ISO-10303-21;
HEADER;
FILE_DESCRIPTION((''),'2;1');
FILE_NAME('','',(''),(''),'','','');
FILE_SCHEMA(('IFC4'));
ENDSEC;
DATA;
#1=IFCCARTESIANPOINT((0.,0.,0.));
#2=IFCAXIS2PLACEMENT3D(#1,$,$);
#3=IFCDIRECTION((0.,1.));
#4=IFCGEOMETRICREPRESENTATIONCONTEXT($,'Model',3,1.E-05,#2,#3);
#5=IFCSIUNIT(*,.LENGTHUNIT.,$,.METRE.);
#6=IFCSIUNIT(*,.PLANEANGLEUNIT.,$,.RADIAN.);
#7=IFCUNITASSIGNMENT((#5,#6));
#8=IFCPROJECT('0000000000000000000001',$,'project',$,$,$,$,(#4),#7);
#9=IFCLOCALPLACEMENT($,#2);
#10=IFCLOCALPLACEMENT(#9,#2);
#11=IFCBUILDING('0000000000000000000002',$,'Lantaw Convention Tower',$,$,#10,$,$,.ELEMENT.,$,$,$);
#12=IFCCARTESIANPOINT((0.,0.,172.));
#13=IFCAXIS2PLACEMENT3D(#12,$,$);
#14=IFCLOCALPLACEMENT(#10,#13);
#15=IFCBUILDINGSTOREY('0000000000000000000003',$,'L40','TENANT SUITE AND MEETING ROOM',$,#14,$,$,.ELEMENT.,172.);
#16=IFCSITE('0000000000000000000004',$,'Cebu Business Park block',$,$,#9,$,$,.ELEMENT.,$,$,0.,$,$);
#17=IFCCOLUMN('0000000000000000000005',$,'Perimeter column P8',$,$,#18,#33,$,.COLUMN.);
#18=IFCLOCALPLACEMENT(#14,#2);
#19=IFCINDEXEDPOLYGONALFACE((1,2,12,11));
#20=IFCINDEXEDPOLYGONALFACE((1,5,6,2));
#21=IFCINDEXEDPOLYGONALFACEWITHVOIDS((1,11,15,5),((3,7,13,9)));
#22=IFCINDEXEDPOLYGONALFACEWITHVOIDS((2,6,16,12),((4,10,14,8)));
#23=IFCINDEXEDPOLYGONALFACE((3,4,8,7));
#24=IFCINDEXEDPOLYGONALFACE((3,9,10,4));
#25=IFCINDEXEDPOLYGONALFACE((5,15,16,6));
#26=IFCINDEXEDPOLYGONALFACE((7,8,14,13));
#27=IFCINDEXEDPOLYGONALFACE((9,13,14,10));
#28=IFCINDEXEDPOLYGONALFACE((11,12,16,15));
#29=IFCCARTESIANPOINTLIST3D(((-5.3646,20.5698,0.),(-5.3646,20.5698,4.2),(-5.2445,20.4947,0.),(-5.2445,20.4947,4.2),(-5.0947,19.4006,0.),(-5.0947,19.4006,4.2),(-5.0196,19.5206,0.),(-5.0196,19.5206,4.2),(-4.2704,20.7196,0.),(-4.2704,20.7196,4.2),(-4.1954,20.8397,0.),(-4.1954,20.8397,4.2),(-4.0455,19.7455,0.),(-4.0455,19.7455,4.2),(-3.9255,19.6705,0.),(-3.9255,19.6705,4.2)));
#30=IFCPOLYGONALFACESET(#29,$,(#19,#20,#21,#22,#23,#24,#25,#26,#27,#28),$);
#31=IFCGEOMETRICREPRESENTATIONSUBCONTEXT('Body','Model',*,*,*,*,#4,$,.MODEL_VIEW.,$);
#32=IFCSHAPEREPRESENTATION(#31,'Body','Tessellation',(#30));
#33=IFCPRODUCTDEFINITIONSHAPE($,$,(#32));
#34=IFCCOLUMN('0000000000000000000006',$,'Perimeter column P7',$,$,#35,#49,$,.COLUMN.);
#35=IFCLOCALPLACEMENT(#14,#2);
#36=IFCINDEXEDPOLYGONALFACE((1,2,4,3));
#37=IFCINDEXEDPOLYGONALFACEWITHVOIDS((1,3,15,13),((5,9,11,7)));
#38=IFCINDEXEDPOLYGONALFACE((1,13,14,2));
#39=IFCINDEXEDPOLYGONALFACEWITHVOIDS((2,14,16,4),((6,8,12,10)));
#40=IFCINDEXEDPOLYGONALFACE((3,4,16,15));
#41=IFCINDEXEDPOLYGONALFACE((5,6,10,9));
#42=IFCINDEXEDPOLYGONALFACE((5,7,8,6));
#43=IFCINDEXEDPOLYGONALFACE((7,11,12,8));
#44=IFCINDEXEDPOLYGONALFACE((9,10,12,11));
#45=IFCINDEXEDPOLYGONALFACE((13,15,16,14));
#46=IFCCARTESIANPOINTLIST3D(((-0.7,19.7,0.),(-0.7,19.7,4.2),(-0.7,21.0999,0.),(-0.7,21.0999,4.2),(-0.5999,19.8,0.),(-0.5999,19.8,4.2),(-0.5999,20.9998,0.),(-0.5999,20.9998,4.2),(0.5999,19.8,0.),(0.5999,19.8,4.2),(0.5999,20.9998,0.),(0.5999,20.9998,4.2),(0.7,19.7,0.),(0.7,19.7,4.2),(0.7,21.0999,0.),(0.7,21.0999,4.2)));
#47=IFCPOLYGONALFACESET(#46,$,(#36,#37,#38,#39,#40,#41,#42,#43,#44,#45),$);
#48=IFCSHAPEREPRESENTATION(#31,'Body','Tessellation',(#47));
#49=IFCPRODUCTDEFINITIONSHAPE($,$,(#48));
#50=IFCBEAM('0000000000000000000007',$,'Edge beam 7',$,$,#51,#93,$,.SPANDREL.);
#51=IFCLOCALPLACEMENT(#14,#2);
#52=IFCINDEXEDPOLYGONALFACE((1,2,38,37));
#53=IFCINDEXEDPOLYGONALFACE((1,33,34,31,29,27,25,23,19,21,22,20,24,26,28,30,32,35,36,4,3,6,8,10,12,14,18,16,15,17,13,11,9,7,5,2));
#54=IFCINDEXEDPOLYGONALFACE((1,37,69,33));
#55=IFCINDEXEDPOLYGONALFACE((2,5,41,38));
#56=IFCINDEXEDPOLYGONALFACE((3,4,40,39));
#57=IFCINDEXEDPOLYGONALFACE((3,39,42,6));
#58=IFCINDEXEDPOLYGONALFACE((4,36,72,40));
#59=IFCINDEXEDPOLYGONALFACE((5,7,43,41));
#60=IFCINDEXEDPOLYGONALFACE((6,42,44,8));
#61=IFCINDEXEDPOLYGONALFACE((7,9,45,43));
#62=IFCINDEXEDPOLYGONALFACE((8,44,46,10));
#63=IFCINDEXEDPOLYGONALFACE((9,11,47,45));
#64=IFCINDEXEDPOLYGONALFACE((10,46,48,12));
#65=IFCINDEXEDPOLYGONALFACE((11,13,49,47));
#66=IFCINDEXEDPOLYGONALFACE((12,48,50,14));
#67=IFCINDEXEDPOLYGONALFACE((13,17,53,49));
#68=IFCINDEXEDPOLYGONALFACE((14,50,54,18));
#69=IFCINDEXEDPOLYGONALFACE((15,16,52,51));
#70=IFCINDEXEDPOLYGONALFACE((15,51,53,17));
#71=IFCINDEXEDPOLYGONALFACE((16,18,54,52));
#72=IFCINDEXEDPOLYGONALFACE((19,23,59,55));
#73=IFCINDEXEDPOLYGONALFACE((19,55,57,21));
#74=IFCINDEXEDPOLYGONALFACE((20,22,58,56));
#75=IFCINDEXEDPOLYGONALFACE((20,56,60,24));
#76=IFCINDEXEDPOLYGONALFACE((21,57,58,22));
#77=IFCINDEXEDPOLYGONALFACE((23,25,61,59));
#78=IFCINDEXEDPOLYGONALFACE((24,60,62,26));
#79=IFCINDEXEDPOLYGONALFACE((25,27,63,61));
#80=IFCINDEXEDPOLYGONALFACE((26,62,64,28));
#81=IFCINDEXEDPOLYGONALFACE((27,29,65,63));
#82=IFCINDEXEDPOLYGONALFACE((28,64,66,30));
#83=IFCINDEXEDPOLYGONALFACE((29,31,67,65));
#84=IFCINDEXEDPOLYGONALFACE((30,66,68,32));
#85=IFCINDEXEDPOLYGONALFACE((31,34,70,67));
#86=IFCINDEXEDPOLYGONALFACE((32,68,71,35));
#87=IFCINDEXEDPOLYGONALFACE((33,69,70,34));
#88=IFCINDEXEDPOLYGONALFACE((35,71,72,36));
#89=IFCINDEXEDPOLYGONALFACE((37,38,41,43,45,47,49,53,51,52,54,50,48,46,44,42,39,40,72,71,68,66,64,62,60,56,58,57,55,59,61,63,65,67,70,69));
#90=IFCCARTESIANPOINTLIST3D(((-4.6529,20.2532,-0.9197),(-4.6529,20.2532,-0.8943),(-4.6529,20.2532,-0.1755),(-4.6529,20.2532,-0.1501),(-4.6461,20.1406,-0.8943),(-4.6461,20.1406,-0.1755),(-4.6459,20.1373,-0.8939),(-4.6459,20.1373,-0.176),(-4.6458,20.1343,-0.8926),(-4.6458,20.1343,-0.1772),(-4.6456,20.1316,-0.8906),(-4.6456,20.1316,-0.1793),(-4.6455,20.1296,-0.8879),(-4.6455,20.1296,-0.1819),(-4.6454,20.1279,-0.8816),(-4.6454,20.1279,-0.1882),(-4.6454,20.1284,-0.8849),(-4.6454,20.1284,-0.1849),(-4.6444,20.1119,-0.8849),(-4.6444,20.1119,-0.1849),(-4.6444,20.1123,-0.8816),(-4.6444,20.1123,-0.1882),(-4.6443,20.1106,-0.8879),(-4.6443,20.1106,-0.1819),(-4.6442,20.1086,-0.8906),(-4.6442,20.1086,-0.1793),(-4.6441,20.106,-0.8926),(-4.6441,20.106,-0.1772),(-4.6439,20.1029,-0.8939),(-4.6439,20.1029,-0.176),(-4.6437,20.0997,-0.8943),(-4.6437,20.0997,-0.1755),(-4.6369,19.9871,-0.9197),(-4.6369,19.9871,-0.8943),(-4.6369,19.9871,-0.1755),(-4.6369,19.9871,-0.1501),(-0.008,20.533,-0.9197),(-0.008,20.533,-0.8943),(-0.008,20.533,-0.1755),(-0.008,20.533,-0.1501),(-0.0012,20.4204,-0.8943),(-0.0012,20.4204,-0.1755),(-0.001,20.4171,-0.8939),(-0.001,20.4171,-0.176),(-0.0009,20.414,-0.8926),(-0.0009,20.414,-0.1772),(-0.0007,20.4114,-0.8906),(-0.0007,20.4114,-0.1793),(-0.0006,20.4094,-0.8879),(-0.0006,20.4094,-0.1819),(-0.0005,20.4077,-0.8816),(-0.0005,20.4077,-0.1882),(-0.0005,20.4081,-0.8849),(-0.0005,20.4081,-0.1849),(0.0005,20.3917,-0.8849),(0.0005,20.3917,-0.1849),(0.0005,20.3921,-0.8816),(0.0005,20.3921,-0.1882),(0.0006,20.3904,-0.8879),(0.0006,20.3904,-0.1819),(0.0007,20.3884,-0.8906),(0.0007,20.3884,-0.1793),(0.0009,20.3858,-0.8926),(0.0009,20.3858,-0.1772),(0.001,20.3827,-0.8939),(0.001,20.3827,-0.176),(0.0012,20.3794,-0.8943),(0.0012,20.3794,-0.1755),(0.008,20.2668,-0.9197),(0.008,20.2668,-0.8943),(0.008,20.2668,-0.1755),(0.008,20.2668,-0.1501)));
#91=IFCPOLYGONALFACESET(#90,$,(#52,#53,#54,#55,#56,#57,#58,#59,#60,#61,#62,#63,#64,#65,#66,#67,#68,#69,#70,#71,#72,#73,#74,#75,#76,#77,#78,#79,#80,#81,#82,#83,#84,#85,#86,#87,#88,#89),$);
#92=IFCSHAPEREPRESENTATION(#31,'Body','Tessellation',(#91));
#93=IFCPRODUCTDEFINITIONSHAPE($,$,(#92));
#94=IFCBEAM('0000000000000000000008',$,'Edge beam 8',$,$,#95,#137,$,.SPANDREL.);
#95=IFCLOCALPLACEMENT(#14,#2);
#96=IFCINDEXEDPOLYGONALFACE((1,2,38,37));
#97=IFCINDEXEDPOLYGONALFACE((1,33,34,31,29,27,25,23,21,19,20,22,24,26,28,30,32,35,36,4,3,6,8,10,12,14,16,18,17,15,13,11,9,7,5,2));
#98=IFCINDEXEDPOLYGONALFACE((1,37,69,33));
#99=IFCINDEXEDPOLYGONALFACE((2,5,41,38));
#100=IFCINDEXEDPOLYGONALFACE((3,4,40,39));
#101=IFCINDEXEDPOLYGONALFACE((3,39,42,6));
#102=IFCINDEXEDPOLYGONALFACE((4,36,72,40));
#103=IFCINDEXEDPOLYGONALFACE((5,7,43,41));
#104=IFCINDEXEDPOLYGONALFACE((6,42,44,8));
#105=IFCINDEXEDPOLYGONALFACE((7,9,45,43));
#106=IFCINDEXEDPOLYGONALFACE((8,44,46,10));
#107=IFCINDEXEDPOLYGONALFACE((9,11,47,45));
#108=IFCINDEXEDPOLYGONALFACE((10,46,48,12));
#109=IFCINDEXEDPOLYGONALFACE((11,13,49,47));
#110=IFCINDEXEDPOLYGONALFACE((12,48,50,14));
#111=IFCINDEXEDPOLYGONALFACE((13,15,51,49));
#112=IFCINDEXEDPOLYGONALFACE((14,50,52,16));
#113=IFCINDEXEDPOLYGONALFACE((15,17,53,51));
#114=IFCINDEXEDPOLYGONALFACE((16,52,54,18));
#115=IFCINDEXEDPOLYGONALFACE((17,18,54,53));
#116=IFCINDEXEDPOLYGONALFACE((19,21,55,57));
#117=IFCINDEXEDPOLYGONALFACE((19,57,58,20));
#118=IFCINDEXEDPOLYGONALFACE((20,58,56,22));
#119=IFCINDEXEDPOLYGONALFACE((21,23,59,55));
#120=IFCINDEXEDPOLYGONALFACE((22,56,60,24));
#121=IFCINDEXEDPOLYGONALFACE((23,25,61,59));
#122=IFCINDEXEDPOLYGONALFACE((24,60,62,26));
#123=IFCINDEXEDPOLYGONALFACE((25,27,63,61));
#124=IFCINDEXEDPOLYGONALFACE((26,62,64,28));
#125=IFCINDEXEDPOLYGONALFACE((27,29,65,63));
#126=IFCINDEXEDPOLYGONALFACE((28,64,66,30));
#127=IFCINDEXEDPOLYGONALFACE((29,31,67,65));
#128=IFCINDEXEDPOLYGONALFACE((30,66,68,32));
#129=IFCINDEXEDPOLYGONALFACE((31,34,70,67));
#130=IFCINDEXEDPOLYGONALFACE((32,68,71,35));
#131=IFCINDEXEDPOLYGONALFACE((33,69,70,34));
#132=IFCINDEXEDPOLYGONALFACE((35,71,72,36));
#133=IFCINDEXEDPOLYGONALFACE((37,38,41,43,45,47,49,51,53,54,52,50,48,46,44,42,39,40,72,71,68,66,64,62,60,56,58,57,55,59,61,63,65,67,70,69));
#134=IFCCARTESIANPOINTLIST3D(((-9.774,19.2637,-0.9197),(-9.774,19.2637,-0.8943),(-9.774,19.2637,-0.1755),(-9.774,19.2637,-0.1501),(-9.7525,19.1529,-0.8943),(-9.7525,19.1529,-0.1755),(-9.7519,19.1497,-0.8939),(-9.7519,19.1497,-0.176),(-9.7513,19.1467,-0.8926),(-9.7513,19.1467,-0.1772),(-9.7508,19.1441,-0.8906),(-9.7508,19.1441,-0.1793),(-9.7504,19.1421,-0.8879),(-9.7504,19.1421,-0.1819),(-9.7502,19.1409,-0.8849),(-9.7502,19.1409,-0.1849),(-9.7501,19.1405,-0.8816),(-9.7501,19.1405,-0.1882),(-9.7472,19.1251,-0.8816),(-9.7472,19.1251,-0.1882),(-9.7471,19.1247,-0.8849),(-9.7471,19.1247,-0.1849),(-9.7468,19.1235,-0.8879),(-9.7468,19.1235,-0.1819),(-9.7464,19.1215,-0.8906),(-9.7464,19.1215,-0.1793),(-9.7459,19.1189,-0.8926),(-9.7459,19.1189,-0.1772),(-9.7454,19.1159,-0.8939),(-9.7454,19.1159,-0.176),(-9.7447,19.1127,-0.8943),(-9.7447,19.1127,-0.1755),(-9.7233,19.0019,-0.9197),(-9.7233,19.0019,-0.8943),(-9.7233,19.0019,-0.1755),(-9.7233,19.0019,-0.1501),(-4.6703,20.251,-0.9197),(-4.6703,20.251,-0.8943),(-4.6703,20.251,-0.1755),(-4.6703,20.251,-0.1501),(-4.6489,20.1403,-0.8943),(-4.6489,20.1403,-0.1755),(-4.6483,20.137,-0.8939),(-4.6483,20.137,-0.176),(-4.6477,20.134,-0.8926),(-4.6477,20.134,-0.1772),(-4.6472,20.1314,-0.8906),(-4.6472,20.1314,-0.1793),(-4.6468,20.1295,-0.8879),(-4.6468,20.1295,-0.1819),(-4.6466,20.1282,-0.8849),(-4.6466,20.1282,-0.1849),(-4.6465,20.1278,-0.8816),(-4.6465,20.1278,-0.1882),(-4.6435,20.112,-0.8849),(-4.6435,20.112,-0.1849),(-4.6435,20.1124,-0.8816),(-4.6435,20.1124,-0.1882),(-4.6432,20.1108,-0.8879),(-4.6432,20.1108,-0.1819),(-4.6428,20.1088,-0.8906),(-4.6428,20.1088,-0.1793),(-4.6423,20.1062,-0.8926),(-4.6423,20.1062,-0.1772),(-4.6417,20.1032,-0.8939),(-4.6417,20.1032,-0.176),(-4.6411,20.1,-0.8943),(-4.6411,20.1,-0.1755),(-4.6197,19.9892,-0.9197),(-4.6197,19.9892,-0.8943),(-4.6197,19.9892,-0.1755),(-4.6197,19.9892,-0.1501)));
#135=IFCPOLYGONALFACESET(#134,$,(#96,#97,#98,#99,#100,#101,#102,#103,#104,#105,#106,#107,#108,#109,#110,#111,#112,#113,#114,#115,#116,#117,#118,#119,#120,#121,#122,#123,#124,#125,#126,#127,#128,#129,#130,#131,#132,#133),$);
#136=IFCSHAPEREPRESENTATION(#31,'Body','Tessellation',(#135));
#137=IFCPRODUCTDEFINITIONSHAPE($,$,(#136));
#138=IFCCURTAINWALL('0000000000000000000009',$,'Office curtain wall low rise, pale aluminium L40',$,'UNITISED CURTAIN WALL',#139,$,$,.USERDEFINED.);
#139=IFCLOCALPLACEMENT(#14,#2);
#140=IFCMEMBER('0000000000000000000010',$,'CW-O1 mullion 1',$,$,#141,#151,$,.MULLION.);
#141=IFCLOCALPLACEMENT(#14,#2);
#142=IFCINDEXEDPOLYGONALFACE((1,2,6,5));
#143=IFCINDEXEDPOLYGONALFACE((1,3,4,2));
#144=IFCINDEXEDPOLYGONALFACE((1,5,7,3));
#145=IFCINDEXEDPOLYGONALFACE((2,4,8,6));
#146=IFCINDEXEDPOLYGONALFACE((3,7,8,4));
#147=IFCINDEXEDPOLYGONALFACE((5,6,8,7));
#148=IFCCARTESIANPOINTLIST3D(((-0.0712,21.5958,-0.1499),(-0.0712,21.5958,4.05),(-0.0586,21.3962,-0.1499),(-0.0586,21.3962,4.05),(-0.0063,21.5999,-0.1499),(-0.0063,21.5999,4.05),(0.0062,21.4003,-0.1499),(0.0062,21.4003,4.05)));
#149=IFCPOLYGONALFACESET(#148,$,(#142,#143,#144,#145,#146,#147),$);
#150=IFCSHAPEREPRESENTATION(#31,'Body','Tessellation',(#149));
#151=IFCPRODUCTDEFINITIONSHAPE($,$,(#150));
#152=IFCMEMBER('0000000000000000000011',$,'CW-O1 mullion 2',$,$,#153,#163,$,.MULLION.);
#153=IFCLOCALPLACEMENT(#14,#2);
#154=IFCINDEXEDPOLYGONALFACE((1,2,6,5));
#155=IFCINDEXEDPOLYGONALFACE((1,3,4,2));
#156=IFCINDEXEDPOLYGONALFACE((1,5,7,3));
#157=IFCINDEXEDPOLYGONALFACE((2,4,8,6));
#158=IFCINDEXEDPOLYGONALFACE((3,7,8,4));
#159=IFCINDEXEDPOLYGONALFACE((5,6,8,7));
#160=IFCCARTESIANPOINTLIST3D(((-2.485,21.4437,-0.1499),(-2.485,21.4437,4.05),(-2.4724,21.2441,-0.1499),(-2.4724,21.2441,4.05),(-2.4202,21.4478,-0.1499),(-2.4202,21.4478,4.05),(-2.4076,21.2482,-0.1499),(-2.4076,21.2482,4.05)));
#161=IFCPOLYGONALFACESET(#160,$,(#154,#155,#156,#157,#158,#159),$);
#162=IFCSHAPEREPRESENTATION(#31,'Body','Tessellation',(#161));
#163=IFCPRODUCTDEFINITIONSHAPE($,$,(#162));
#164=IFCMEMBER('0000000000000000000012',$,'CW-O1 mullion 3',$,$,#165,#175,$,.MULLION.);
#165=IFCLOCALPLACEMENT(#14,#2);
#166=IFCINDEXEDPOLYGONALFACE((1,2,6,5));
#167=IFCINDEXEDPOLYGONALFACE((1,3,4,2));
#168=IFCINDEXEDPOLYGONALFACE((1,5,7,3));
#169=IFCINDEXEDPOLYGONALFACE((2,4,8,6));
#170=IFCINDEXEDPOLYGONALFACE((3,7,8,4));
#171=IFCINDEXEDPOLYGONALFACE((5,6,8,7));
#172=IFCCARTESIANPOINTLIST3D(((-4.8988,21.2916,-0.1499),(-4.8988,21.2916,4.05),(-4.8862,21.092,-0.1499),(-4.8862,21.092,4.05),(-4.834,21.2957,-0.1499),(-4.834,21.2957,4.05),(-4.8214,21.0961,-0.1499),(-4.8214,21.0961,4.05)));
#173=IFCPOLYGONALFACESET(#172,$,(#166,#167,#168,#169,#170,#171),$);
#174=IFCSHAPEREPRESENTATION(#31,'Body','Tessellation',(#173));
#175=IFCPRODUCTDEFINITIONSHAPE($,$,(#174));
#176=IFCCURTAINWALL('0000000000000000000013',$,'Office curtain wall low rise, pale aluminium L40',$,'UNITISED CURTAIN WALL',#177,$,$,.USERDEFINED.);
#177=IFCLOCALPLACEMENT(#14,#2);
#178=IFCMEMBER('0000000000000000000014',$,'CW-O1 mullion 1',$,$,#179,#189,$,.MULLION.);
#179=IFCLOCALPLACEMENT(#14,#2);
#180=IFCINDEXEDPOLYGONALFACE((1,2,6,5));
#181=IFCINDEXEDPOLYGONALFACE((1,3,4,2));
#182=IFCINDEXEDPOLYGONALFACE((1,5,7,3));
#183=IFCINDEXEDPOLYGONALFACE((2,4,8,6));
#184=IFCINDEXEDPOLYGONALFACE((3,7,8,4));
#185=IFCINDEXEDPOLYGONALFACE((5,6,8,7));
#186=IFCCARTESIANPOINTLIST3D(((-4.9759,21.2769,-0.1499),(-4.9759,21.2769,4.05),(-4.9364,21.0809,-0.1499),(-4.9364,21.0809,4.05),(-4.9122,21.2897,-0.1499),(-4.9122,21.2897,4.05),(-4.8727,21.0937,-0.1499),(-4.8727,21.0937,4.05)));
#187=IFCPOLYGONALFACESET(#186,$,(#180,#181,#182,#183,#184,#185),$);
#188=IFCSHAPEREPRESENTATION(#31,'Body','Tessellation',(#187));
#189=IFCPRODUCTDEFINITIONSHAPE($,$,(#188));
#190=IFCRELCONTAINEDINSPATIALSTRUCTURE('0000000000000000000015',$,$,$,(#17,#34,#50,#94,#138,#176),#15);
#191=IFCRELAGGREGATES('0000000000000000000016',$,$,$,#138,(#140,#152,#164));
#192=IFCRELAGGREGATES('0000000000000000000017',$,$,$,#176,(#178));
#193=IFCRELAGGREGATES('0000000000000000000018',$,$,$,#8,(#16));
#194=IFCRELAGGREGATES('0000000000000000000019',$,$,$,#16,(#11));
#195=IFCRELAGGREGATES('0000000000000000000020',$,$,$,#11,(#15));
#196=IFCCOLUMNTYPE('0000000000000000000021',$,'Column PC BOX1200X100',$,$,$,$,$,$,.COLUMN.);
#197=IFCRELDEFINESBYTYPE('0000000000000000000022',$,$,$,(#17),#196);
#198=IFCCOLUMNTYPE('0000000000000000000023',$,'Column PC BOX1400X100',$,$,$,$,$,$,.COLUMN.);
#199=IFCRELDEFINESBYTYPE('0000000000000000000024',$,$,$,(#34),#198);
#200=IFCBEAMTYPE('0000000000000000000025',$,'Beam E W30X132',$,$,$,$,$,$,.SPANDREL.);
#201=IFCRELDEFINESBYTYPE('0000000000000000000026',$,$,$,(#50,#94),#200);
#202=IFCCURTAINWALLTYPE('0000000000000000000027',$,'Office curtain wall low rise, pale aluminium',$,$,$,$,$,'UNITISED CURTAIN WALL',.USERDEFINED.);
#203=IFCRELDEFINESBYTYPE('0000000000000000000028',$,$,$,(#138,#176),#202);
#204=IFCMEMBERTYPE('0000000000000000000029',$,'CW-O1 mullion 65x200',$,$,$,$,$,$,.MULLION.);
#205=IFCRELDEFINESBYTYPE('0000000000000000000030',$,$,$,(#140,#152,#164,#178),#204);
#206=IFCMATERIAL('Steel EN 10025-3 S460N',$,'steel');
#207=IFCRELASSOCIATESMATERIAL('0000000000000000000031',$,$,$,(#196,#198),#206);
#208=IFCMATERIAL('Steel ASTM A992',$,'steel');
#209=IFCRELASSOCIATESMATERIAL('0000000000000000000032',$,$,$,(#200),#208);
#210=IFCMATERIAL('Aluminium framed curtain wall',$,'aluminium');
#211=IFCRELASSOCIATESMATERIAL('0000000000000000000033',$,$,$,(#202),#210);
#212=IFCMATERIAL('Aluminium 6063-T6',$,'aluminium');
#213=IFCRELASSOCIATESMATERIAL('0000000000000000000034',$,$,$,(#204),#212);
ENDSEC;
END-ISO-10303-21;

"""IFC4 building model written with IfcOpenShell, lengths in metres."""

from ifc_helpers import new_model, si_unit, direction, frame, origin, origin_2d, place, context, subcontext, project, spatial, rectangle, hollow_rectangle, i_section, extrude, material, material_profile, profile_set, type_object, element, aggregate, save


model = new_model("IFC4")

# Units and contexts
model_context = context("Model", 3, precision=1e-05, world=origin(), true_north=direction((0.0, 1.0)))
body_context = subcontext(model_context, "Body", "Model", "MODEL_VIEW")
ifc_project = project(units=[si_unit("LENGTHUNIT", "METRE"), si_unit("PLANEANGLEUNIT", "RADIAN")], contexts=[model_context])

# Site, building, storey
site_placement = place(None, origin())
site = spatial("IfcSite", under=ifc_project, at=site_placement, Name="Cebu Business Park block", CompositionType="ELEMENT", RefElevation=0.0)
building_placement = place(site_placement, origin())
building = spatial("IfcBuilding", under=site, at=building_placement, Name="Lantaw Convention Tower", CompositionType="ELEMENT")
storey_placement = place(building_placement, frame((0.0, 0.0, 172.0)))
storey = spatial("IfcBuildingStorey", under=building, at=storey_placement, Name="L40", Description="TENANT SUITE AND MEETING ROOM", CompositionType="ELEMENT", Elevation=172.0)

# Columns
ifc_material_1 = material(Name="Steel EN 10025-3 S460N", Category="steel")
ifc_material_profile_1 = material_profile(ifc_material_1, hollow_rectangle(XDim=1.2, YDim=1.2, WallThickness=0.1001, at=origin_2d()), Name="BOX1200X100")
ifc_material_2 = material(Name="Concrete C60/75", Category="concrete")
ifc_material_profile_2 = material_profile(ifc_material_2, rectangle(XDim=1.0, YDim=1.0, at=origin_2d()), Name="Concrete fill of BOX1200X100")
ifc_profile_set_1 = profile_set([ifc_material_profile_1, ifc_material_profile_2], Name="Steel EN 10025-3 S460N")
column_type_1 = type_object("IfcColumnType", Name="Column PC BOX1200X100", PredefinedType="COLUMN", material=ifc_profile_set_1)
column_1_placement = place(storey_placement, frame((-4.645, 20.1201, 0.0), z_axis=(0.0, 0.0, 1.0), x_axis=(0.97437, 0.224951, 0.0)))
element("IfcColumn", 1, at=column_1_placement, inside=storey, type_object=column_type_1, Name="Perimeter column P8", PredefinedType="COLUMN", context=body_context, shape_type="SweptSolid", body=[
    extrude(hollow_rectangle(XDim=1.2, YDim=1.2, WallThickness=0.1001, at=origin_2d()), origin(), (0.0, 0.0, 1.0), 4.2),
])
ifc_material_profile_3 = material_profile(ifc_material_1, hollow_rectangle(XDim=1.3999, YDim=1.3999, WallThickness=0.1001, at=origin_2d()), Name="BOX1400X100")
ifc_material_profile_4 = material_profile(ifc_material_2, rectangle(XDim=1.2, YDim=1.2, at=origin_2d()), Name="Concrete fill of BOX1400X100")
ifc_profile_set_2 = profile_set([ifc_material_profile_3, ifc_material_profile_4], Name="Steel EN 10025-3 S460N")
column_type_2 = type_object("IfcColumnType", Name="Column PC BOX1400X100", PredefinedType="COLUMN", material=ifc_profile_set_2)
column_2_placement = place(storey_placement, frame((0.0, 20.3999, 0.0), z_axis=(0.0, 0.0, 1.0), x_axis=(1.0, 0.0, 0.0)))
element("IfcColumn", 2, at=column_2_placement, inside=storey, type_object=column_type_2, Name="Perimeter column P7", PredefinedType="COLUMN", context=body_context, shape_type="SweptSolid", body=[
    extrude(hollow_rectangle(XDim=1.3999, YDim=1.3999, WallThickness=0.1001, at=origin_2d()), origin(), (0.0, 0.0, 1.0), 4.2),
])

# Beams
ifc_material_3 = material(Name="Steel ASTM A992", Category="steel")
ifc_material_profile_5 = material_profile(ifc_material_3, i_section(OverallWidth=0.2666, OverallDepth=0.7695, WebThickness=0.0156, FlangeThickness=0.0254, FilletRadius=0.0127, at=origin_2d()), Name="W30X132")
ifc_profile_set_3 = profile_set([ifc_material_profile_5], Name="Steel ASTM A992")
beam_type = type_object("IfcBeamType", Name="Beam E W30X132", PredefinedType="SPANDREL", material=ifc_profile_set_3)
beam_1_placement = place(storey_placement, frame((0.0, 20.3999, -0.5349), z_axis=(-0.998191, -0.060124, 0.0), x_axis=(0.060124, -0.998191, 0.0)))
element("IfcBeam", 3, at=beam_1_placement, inside=storey, type_object=beam_type, Name="Edge beam 7", PredefinedType="SPANDREL", context=body_context, shape_type="SweptSolid", body=[
    extrude(i_section(OverallWidth=0.2666, OverallDepth=0.7695, WebThickness=0.0156, FlangeThickness=0.0254, FilletRadius=0.0127, at=origin_2d()), origin(), (0.0, 0.0, 1.0), 4.6533),
])
beam_2_placement = place(storey_placement, frame((-4.645, 20.1201, -0.5349), z_axis=(-0.981797, -0.189934, 0.0), x_axis=(0.189934, -0.981797, 0.0)))
element("IfcBeam", 4, at=beam_2_placement, inside=storey, type_object=beam_type, Name="Edge beam 8", PredefinedType="SPANDREL", context=body_context, shape_type="SweptSolid", body=[
    extrude(i_section(OverallWidth=0.2666, OverallDepth=0.7695, WebThickness=0.0156, FlangeThickness=0.0254, FilletRadius=0.0127, at=origin_2d()), origin(), (0.0, 0.0, 1.0), 5.1982),
])

# Curtain walls, members
ifc_material_4 = material(Name="Aluminium framed curtain wall", Category="aluminium")
curtain_wall_type = type_object("IfcCurtainWallType", Name="Office curtain wall low rise, pale aluminium", ElementType="UNITISED CURTAIN WALL", PredefinedType="USERDEFINED", material=ifc_material_4)
curtain_wall_1_placement = place(storey_placement, origin())
curtain_wall_1 = element("IfcCurtainWall", 5, at=curtain_wall_1_placement, inside=storey, type_object=curtain_wall_type, Name="Office curtain wall low rise, pale aluminium L40", ObjectType="UNITISED CURTAIN WALL", PredefinedType="USERDEFINED")
ifc_material_5 = material(Name="Aluminium 6063-T6", Category="aluminium")
ifc_material_profile_6 = material_profile(ifc_material_5, rectangle(XDim=0.2, YDim=0.0649, at=origin_2d()), Name="CW-O1 mullion 65x200")
ifc_profile_set_4 = profile_set([ifc_material_profile_6], Name="Aluminium 6063-T6")
member_type_1 = type_object("IfcMemberType", Name="CW-O1 mullion 65x200", PredefinedType="MULLION", material=ifc_profile_set_4)
member_1_placement = place(storey_placement, frame((-0.0325, 21.498, -0.1499), z_axis=(0.0, 0.0, 1.0), x_axis=(0.062865, -0.998022, 0.0)))
member_1 = element("IfcMember", 6, at=member_1_placement, type_object=member_type_1, Name="CW-O1 mullion 1", PredefinedType="MULLION", context=body_context, shape_type="SweptSolid", body=[
    extrude(rectangle(XDim=0.2, YDim=0.0649, at=origin_2d()), origin(), (0.0, 0.0, 1.0), 4.2),
])
member_2_placement = place(storey_placement, frame((-2.4463, 21.3459, -0.1499), z_axis=(0.0, 0.0, 1.0), x_axis=(0.062865, -0.998022, 0.0)))
member_2 = element("IfcMember", 7, at=member_2_placement, type_object=member_type_1, Name="CW-O1 mullion 2", PredefinedType="MULLION", context=body_context, shape_type="SweptSolid", body=[
    extrude(rectangle(XDim=0.2, YDim=0.0649, at=origin_2d()), origin(), (0.0, 0.0, 1.0), 4.2),
])
member_3_placement = place(storey_placement, frame((-4.8601, 21.1938, -0.1499), z_axis=(0.0, 0.0, 1.0), x_axis=(0.062865, -0.998022, 0.0)))
member_3 = element("IfcMember", 8, at=member_3_placement, type_object=member_type_1, Name="CW-O1 mullion 3", PredefinedType="MULLION", context=body_context, shape_type="SweptSolid", body=[
    extrude(rectangle(XDim=0.2, YDim=0.0649, at=origin_2d()), origin(), (0.0, 0.0, 1.0), 4.2),
])
curtain_wall_2_placement = place(storey_placement, origin())
curtain_wall_2 = element("IfcCurtainWall", 9, at=curtain_wall_2_placement, inside=storey, type_object=curtain_wall_type, Name="Office curtain wall low rise, pale aluminium L40", ObjectType="UNITISED CURTAIN WALL", PredefinedType="USERDEFINED")
member_4_placement = place(storey_placement, frame((-4.9243, 21.1853, -0.1499), z_axis=(0.0, 0.0, 1.0), x_axis=(0.197507, -0.980302, 0.0)))
member_4 = element("IfcMember", 10, at=member_4_placement, type_object=member_type_1, Name="CW-O1 mullion 1", PredefinedType="MULLION", context=body_context, shape_type="SweptSolid", body=[
    extrude(rectangle(XDim=0.2, YDim=0.0649, at=origin_2d()), origin(), (0.0, 0.0, 1.0), 4.2),
])

aggregate(curtain_wall_1, [member_1, member_2, member_3])
aggregate(curtain_wall_2, [member_4])

save(model, "model.ifc")
